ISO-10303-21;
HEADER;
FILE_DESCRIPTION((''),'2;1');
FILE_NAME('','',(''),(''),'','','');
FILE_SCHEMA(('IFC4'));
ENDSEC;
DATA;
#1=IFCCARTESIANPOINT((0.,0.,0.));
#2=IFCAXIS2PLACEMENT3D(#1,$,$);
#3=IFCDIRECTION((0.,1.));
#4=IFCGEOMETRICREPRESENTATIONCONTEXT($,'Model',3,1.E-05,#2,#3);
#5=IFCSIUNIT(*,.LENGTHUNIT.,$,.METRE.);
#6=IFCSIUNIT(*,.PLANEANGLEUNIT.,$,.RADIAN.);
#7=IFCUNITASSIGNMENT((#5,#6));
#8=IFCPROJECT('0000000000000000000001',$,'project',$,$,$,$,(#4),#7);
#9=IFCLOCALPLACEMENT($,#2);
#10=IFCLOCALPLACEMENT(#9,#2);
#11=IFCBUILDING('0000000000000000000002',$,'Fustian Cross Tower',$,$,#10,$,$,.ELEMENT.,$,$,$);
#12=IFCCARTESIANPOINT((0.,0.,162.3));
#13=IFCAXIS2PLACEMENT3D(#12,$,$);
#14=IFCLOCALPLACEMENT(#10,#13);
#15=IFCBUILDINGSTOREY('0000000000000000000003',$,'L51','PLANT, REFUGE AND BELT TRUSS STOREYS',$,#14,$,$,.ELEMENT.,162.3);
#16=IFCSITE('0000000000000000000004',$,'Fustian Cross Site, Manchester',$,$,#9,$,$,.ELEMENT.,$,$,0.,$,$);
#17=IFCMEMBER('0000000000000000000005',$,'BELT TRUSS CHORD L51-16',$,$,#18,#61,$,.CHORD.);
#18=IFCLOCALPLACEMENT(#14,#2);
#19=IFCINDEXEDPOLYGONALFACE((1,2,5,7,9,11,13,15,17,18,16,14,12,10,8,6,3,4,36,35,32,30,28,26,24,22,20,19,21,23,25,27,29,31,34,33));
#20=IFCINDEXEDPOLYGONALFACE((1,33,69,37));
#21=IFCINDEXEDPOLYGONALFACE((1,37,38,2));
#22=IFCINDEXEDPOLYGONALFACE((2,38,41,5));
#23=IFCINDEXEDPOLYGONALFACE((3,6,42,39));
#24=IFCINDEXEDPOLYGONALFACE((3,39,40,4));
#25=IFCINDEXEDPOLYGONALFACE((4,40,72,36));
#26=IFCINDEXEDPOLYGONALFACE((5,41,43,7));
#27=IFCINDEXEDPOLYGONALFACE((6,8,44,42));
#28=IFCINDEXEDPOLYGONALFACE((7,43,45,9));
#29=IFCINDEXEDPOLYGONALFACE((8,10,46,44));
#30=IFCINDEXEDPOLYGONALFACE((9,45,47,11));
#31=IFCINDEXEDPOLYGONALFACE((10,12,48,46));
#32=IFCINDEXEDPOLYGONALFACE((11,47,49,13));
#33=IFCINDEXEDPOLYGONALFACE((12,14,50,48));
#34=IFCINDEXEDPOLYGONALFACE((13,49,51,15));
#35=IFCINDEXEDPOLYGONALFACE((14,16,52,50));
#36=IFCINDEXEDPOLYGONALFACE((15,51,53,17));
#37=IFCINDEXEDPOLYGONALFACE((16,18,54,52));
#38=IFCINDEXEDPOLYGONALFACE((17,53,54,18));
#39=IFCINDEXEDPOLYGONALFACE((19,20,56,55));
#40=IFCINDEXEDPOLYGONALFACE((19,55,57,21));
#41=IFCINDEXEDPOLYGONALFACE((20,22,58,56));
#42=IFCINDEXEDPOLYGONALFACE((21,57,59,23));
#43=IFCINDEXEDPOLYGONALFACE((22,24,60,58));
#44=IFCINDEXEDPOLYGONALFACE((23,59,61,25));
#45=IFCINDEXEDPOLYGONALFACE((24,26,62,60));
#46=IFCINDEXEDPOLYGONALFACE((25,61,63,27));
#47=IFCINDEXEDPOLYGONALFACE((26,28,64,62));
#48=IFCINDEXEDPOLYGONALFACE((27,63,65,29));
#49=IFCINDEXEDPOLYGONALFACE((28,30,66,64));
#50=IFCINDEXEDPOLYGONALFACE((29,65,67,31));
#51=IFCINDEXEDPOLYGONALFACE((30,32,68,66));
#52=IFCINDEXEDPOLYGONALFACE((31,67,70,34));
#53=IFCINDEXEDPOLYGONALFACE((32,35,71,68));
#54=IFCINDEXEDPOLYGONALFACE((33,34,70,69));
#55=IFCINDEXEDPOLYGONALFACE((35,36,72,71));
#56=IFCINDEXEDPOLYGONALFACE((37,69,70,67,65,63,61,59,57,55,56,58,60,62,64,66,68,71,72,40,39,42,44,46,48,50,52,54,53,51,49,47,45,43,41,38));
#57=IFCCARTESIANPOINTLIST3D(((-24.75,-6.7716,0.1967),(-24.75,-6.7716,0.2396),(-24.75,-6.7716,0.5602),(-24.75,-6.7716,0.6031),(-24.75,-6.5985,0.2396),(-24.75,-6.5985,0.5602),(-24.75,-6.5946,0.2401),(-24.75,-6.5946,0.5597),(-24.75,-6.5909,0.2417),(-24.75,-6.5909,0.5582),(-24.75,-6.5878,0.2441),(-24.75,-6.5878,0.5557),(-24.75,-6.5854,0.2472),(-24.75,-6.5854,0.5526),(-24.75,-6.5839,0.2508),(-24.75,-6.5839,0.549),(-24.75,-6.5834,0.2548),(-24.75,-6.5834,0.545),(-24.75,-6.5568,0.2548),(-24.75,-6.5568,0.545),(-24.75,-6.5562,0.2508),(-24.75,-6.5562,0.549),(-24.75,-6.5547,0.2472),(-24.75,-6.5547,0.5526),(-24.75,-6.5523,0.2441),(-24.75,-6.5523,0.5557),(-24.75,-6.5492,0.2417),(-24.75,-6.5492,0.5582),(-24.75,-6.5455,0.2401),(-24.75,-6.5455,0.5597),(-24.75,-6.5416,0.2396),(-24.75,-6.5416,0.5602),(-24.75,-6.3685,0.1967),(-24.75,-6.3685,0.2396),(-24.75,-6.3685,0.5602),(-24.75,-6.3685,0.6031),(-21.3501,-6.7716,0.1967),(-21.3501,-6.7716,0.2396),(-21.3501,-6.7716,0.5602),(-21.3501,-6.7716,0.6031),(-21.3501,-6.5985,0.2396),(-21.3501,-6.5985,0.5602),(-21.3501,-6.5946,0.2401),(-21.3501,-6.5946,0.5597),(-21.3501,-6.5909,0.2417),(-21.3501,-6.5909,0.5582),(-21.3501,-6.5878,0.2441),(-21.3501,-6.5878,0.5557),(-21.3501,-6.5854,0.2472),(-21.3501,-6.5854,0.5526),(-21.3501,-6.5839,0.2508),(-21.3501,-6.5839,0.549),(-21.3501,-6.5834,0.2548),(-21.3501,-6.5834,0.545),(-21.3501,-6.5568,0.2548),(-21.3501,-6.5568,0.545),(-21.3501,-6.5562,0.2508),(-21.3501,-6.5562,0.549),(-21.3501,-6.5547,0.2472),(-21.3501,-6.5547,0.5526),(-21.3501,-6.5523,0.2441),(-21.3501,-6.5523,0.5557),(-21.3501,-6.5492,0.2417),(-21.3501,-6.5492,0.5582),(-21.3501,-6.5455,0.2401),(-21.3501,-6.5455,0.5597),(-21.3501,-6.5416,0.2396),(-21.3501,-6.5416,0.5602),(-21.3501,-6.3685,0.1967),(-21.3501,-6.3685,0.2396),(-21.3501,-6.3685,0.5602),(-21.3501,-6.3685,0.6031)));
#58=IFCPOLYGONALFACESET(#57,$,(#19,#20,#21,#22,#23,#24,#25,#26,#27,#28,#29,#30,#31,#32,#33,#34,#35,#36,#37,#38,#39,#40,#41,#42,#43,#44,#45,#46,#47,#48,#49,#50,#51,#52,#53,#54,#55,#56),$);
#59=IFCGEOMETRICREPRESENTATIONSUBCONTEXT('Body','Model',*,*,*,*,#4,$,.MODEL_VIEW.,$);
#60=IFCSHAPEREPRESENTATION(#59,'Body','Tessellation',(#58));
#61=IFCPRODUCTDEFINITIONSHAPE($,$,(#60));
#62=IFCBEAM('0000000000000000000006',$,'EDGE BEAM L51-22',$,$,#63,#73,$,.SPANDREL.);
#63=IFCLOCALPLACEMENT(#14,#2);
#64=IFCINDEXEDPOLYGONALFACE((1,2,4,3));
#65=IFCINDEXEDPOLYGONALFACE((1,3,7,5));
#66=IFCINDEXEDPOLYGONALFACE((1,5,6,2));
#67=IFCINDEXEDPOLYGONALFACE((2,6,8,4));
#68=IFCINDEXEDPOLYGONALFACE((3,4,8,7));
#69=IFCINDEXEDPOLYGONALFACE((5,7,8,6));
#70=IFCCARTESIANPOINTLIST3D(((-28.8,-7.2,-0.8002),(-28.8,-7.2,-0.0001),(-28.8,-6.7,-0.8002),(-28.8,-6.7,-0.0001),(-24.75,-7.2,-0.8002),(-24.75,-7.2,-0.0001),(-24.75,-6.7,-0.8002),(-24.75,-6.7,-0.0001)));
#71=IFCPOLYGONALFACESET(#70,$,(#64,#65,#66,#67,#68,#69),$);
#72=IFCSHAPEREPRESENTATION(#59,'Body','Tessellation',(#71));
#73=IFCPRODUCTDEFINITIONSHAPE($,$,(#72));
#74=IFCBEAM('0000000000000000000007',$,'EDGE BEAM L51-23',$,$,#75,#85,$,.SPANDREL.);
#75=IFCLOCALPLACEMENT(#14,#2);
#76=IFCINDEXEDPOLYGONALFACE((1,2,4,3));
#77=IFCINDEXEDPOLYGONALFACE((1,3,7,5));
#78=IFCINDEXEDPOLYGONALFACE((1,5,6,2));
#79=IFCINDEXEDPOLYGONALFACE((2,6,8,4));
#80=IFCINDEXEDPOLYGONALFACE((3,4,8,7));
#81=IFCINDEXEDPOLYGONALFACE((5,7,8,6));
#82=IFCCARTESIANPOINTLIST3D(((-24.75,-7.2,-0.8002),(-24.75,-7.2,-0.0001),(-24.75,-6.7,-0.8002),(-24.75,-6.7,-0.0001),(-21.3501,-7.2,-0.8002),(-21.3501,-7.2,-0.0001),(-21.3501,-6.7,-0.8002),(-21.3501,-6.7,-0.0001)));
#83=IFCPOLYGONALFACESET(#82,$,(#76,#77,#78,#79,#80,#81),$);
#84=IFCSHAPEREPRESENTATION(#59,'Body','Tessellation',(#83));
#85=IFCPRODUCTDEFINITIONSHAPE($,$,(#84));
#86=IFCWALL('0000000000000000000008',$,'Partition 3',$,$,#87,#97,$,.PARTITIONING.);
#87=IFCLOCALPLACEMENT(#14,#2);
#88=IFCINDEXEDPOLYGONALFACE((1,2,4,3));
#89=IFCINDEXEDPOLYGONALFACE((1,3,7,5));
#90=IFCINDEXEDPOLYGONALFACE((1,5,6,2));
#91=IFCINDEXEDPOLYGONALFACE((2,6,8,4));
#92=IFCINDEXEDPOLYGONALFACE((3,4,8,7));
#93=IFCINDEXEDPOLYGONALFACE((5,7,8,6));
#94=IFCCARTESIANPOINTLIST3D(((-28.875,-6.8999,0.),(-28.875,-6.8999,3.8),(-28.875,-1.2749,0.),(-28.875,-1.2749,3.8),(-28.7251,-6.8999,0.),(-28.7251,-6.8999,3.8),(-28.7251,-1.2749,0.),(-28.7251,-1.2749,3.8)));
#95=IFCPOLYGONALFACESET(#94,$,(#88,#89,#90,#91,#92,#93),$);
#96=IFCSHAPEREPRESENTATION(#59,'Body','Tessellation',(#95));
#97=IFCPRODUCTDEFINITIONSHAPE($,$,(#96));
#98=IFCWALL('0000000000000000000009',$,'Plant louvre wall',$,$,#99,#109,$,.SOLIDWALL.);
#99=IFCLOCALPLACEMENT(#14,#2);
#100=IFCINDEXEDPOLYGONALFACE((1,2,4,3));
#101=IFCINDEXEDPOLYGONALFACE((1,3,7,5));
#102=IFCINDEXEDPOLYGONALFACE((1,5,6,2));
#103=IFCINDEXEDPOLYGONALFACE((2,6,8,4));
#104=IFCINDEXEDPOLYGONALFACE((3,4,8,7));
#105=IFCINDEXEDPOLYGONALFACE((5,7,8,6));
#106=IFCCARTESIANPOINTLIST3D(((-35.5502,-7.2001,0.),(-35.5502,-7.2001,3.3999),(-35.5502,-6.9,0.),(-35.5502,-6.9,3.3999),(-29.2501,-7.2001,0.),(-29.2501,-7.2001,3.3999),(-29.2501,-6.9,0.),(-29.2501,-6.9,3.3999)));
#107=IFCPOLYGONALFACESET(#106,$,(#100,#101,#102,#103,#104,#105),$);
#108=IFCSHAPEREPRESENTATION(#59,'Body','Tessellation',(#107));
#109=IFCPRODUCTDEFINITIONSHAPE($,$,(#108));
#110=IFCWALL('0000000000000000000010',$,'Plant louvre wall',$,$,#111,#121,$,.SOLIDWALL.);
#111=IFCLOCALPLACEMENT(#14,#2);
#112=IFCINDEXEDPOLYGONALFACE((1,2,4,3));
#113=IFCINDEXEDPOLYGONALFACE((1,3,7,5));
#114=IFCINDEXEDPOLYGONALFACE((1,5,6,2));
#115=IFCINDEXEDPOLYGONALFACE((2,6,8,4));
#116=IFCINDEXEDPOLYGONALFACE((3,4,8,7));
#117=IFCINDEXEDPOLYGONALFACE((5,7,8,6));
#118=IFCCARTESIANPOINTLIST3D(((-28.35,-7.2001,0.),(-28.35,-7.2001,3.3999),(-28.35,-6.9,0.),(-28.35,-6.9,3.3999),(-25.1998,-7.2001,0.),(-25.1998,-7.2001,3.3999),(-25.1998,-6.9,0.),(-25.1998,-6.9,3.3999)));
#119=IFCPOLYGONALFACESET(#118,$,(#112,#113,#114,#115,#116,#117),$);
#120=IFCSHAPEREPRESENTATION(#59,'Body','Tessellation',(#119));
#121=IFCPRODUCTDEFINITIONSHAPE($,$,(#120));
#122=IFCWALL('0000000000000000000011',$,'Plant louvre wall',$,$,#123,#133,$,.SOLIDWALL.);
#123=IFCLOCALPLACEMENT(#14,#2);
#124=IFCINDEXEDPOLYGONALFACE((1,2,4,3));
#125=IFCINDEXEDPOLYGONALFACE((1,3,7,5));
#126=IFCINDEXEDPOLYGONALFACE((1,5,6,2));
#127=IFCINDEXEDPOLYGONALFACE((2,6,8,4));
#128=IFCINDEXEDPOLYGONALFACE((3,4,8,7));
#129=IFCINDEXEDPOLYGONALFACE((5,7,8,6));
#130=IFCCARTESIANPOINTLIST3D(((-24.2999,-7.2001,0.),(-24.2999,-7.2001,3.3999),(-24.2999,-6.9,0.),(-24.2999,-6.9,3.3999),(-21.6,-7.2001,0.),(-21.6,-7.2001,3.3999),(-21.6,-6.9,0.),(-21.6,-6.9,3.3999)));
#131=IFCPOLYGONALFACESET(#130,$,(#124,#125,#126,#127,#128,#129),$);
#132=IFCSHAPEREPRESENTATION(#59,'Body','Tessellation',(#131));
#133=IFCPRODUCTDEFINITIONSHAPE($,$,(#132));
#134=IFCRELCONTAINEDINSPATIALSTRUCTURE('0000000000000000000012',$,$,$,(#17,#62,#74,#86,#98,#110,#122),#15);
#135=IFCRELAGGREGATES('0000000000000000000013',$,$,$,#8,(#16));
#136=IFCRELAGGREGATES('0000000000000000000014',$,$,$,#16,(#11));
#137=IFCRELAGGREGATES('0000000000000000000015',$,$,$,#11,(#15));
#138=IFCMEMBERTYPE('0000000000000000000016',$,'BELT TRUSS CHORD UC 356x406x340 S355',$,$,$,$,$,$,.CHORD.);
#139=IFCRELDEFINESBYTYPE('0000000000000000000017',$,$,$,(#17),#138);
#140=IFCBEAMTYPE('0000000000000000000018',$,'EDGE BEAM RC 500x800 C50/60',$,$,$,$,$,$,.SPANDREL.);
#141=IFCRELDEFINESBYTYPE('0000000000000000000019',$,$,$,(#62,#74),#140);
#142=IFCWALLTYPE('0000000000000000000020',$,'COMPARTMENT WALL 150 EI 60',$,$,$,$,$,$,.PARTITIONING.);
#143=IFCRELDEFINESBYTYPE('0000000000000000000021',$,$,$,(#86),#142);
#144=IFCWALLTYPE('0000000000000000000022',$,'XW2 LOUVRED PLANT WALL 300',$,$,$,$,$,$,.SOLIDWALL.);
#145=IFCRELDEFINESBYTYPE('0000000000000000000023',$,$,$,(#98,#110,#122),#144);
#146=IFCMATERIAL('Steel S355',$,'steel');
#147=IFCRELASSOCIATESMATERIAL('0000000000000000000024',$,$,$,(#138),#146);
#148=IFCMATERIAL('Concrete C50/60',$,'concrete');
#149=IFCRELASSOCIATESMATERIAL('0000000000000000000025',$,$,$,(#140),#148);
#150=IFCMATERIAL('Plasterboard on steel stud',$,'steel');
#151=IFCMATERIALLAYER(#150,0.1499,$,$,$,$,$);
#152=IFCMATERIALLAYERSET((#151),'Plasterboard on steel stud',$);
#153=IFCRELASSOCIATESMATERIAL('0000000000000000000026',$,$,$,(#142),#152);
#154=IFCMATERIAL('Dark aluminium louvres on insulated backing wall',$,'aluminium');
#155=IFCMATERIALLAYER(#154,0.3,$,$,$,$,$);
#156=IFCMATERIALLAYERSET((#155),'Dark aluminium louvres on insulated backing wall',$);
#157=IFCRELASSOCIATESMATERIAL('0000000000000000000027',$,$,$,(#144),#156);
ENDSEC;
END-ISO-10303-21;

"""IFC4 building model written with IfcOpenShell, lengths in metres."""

from ifc_helpers import new_model, si_unit, direction, frame, frame_2d, origin, origin_2d, place, context, subcontext, project, spatial, rectangle, i_section, extrude, material, layer, layer_set, material_profile, profile_set, type_object, element, save


model = new_model("IFC4")

# Units and contexts
model_context = context("Model", 3, precision=1e-05, world=origin(), true_north=direction((0.0, 1.0)))
body_context = subcontext(model_context, "Body", "Model", "MODEL_VIEW")
ifc_project = project(units=[si_unit("LENGTHUNIT", "METRE"), si_unit("PLANEANGLEUNIT", "RADIAN")], contexts=[model_context])

# Site, building, storey
site_placement = place(None, origin())
site = spatial("IfcSite", under=ifc_project, at=site_placement, Name="Fustian Cross Site, Manchester", CompositionType="ELEMENT", RefElevation=0.0)
building_placement = place(site_placement, origin())
building = spatial("IfcBuilding", under=site, at=building_placement, Name="Fustian Cross Tower", CompositionType="ELEMENT")
storey_placement = place(building_placement, frame((0.0, 0.0, 162.3)))
storey = spatial("IfcBuildingStorey", under=building, at=storey_placement, Name="L51", Description="PLANT, REFUGE AND BELT TRUSS STOREYS", CompositionType="ELEMENT", Elevation=162.3)

# Member
ifc_material_1 = material(Name="Steel S355", Category="steel")
ifc_material_profile_1 = material_profile(ifc_material_1, i_section(OverallWidth=0.4031, OverallDepth=0.4065, WebThickness=0.0266, FlangeThickness=0.043, FilletRadius=0.0151, at=origin_2d()), Name="UC 356x406x340")
ifc_profile_set_1 = profile_set([ifc_material_profile_1], Name="Steel S355")
member_type_1 = type_object("IfcMemberType", Name="BELT TRUSS CHORD UC 356x406x340 S355", PredefinedType="CHORD", material=ifc_profile_set_1)
for number, where, z_axis, x_axis, name in (
    (1, (-24.75, -6.5701, 0.3999), (1.0, 0.0, 0.0), (0.0, 1.0, 0.0), "BELT TRUSS CHORD L51-16"),
):
    element("IfcMember", number, at=place(storey_placement, frame(where, z_axis=z_axis, x_axis=x_axis)), inside=storey, type_object=member_type_1, Name=name, PredefinedType="CHORD", context=body_context, shape_type="SweptSolid", body=[
        extrude(i_section(OverallWidth=0.4031, OverallDepth=0.4065, WebThickness=0.0266, FlangeThickness=0.043, FilletRadius=0.0151, at=origin_2d()), origin(), (0.0, 0.0, 1.0), 3.3999),
    ])

# Beams
ifc_material_2 = material(Name="Concrete C50/60", Category="concrete")
ifc_material_profile_2 = material_profile(ifc_material_2, rectangle(XDim=0.5, YDim=0.8, at=origin_2d()), Name="RC 500x800")
ifc_profile_set_2 = profile_set([ifc_material_profile_2], Name="Concrete C50/60")
beam_type = type_object("IfcBeamType", Name="EDGE BEAM RC 500x800 C50/60", PredefinedType="SPANDREL", material=ifc_profile_set_2)
beam_1_placement = place(storey_placement, frame((-28.8, -6.95, -0.4001), z_axis=(1.0, 0.0, 0.0), x_axis=(0.0, 1.0, 0.0)))
element("IfcBeam", 2, at=beam_1_placement, inside=storey, type_object=beam_type, Name="EDGE BEAM L51-22", PredefinedType="SPANDREL", context=body_context, shape_type="SweptSolid", body=[
    extrude(rectangle(XDim=0.5, YDim=0.8, at=origin_2d()), origin(), (0.0, 0.0, 1.0), 4.05),
])
beam_2_placement = place(storey_placement, frame((-24.75, -6.95, -0.4001), z_axis=(1.0, 0.0, 0.0), x_axis=(0.0, 1.0, 0.0)))
element("IfcBeam", 3, at=beam_2_placement, inside=storey, type_object=beam_type, Name="EDGE BEAM L51-23", PredefinedType="SPANDREL", context=body_context, shape_type="SweptSolid", body=[
    extrude(rectangle(XDim=0.5, YDim=0.8, at=origin_2d()), origin(), (0.0, 0.0, 1.0), 3.3999),
])

# Walls
ifc_material_3 = material(Name="Plasterboard on steel stud", Category="steel")
ifc_layer_1 = layer(ifc_material_3, 0.1499)
ifc_layer_set_1 = layer_set([ifc_layer_1], Name="Plasterboard on steel stud")
wall_type_1 = type_object("IfcWallType", Name="COMPARTMENT WALL 150 EI 60", PredefinedType="PARTITIONING", material=ifc_layer_set_1)
wall_1_placement = place(storey_placement, frame((-28.8, -6.8999, 0.0), z_axis=(0.0, 0.0, 1.0), x_axis=(0.0, 1.0, 0.0)))
element("IfcWall", 4, at=wall_1_placement, inside=storey, type_object=wall_type_1, Name="Partition 3", PredefinedType="PARTITIONING", context=body_context, shape_type="SweptSolid", body=[
    extrude(rectangle(XDim=5.625, YDim=0.1499, at=frame_2d((2.8125, 0.0))), origin(), (0.0, 0.0, 1.0), 3.8),
])
ifc_material_4 = material(Name="Dark aluminium louvres on insulated backing wall", Category="aluminium")
ifc_layer_2 = layer(ifc_material_4, 0.3)
ifc_layer_set_2 = layer_set([ifc_layer_2], Name="Dark aluminium louvres on insulated backing wall")
wall_type_2 = type_object("IfcWallType", Name="XW2 LOUVRED PLANT WALL 300", PredefinedType="SOLIDWALL", material=ifc_layer_set_2)
wall_2_placement = place(storey_placement, frame((-35.55, -7.05, 0.0), z_axis=(0.0, 0.0, 1.0), x_axis=(1.0, 0.0, 0.0)))
element("IfcWall", 5, at=wall_2_placement, inside=storey, type_object=wall_type_2, Name="Plant louvre wall", PredefinedType="SOLIDWALL", context=body_context, shape_type="SweptSolid", body=[
    extrude(rectangle(XDim=6.3, YDim=0.3, at=frame_2d((3.1499, 0.0))), origin(), (0.0, 0.0, 1.0), 3.3999),
])
wall_3_placement = place(storey_placement, frame((-28.3501, -7.05, 0.0), z_axis=(0.0, 0.0, 1.0), x_axis=(1.0, 0.0, 0.0)))
element("IfcWall", 6, at=wall_3_placement, inside=storey, type_object=wall_type_2, Name="Plant louvre wall", PredefinedType="SOLIDWALL", context=body_context, shape_type="SweptSolid", body=[
    extrude(rectangle(XDim=3.1501, YDim=0.3, at=frame_2d((1.5752, 0.0))), origin(), (0.0, 0.0, 1.0), 3.3999),
])
wall_4_placement = place(storey_placement, frame((-24.3, -7.05, 0.0), z_axis=(0.0, 0.0, 1.0), x_axis=(1.0, 0.0, 0.0)))
element("IfcWall", 7, at=wall_4_placement, inside=storey, type_object=wall_type_2, Name="Plant louvre wall", PredefinedType="SOLIDWALL", context=body_context, shape_type="SweptSolid", body=[
    extrude(rectangle(XDim=2.7, YDim=0.3, at=frame_2d((1.3501, 0.0))), origin(), (0.0, 0.0, 1.0), 3.3999),
])

save(model, "model.ifc")
